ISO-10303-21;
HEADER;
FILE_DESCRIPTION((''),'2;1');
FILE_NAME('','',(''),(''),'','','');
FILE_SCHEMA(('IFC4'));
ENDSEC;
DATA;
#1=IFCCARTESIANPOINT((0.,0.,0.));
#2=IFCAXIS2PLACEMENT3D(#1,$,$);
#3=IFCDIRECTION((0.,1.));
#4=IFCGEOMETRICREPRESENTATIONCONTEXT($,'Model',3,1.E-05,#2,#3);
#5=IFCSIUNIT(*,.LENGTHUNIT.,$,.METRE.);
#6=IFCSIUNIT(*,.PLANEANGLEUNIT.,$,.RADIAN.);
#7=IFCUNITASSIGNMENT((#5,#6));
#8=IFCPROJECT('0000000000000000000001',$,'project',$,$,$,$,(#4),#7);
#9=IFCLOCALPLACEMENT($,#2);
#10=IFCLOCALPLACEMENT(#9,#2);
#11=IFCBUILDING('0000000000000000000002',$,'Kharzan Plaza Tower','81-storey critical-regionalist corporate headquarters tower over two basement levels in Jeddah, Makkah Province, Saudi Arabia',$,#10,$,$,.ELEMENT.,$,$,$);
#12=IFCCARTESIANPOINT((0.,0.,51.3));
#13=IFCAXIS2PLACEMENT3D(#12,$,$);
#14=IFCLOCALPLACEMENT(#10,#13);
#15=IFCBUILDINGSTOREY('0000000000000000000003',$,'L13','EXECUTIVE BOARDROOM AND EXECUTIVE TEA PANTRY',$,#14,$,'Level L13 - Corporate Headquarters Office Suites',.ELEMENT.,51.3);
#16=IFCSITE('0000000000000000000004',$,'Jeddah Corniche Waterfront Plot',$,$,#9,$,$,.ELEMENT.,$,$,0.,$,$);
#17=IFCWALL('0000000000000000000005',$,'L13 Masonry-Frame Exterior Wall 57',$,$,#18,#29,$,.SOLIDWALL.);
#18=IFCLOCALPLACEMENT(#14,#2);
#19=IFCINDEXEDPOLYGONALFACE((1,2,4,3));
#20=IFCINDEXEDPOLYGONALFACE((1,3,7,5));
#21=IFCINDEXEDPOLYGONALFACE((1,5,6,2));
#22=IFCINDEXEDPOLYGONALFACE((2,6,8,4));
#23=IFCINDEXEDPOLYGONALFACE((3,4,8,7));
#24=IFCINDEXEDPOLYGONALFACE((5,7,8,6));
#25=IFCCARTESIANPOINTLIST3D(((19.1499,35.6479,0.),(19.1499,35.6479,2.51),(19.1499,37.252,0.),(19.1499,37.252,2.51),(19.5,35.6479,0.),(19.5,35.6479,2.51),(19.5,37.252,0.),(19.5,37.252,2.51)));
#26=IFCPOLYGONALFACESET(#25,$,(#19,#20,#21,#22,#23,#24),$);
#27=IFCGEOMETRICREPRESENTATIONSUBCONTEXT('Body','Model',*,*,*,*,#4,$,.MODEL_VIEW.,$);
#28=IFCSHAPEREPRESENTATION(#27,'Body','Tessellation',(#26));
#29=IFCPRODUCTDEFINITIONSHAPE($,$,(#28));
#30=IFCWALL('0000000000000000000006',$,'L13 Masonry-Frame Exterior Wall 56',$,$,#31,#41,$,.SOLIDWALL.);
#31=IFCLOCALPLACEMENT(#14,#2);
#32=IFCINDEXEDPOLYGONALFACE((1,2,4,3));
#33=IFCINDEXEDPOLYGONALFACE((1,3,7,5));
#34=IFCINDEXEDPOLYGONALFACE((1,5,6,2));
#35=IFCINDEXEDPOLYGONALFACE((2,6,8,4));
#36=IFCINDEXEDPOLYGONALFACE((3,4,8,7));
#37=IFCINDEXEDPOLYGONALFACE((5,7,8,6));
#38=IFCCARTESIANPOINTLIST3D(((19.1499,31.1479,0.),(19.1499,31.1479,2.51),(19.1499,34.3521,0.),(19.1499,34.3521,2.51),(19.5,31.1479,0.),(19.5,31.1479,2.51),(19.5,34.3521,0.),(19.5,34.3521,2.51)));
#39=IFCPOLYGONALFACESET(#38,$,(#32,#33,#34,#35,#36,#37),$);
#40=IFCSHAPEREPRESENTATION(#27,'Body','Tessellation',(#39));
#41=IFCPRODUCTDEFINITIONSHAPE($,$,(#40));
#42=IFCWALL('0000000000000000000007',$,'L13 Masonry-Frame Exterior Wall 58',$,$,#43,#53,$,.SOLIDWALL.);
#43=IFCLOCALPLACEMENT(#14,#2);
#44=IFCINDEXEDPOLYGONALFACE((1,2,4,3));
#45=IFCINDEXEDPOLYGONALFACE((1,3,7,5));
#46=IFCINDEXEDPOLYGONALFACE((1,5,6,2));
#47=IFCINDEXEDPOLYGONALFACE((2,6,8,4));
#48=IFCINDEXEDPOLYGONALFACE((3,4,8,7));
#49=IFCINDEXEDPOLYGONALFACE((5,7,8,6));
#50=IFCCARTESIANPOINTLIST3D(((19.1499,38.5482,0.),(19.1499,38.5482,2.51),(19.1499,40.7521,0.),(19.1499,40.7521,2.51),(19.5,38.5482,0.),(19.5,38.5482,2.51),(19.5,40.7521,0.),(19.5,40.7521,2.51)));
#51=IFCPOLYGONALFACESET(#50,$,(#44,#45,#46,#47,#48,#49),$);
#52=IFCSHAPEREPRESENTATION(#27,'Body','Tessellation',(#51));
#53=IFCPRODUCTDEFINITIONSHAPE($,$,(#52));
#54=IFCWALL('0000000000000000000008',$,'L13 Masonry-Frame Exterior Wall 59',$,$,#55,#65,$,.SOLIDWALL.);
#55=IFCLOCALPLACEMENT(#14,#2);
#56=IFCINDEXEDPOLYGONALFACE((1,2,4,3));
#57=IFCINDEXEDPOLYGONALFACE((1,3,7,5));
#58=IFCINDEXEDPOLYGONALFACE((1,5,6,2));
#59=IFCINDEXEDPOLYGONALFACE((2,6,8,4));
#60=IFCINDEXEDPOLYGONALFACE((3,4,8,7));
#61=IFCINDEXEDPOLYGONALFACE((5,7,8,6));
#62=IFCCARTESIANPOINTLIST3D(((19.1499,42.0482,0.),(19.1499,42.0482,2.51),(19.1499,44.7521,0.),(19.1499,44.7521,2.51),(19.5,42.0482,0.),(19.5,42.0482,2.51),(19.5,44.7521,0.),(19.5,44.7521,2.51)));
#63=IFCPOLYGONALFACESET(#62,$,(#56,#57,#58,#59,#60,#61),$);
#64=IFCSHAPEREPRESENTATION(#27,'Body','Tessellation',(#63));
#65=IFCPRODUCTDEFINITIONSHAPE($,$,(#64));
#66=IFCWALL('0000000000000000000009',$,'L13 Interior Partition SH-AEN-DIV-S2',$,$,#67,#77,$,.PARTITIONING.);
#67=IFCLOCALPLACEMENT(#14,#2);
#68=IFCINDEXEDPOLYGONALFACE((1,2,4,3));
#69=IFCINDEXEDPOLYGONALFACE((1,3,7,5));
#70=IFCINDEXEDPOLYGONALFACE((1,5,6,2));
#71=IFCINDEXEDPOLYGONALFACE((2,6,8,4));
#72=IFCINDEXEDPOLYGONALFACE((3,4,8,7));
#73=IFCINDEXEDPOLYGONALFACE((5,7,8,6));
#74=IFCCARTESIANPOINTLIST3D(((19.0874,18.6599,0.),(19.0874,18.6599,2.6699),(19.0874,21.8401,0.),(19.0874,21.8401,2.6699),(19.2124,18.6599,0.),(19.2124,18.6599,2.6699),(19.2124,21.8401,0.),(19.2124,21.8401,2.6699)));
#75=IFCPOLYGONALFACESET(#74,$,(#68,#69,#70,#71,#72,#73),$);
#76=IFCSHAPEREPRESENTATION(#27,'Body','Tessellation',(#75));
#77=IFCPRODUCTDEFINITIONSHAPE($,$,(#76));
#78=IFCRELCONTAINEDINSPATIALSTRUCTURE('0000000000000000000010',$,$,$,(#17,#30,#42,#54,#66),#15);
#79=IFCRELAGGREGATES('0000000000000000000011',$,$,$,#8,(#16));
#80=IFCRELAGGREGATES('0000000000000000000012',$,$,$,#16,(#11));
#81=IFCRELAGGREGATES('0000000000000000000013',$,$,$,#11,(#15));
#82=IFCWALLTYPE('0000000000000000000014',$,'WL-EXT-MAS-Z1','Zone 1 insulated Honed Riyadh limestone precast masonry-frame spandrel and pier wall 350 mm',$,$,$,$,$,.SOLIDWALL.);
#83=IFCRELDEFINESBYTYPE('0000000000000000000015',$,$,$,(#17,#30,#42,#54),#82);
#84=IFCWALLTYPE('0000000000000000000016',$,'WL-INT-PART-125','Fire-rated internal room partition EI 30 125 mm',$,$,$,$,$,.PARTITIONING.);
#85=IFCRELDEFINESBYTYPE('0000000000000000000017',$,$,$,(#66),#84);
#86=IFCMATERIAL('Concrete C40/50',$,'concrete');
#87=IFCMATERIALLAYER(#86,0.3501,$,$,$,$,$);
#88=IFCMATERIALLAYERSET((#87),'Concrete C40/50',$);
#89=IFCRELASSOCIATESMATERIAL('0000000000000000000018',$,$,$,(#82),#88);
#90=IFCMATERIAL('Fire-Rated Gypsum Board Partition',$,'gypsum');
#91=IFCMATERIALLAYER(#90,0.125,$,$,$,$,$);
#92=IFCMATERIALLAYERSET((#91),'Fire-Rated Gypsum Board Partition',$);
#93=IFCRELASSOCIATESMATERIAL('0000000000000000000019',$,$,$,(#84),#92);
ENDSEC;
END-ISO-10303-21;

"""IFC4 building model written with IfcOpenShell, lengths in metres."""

from ifc_helpers import new_model, si_unit, direction, frame, frame_2d, origin, place, context, subcontext, project, spatial, rectangle, extrude, source, transform, mapped, material, layer, layer_set, type_object, element, save


model = new_model("IFC4")

# Units and contexts
model_context = context("Model", 3, precision=1e-05, world=origin(), true_north=direction((0.0, 1.0)))
body_context = subcontext(model_context, "Body", "Model", "MODEL_VIEW")
ifc_project = project(units=[si_unit("LENGTHUNIT", "METRE"), si_unit("PLANEANGLEUNIT", "RADIAN")], contexts=[model_context])

# Site, building, storey
site_placement = place(None, origin())
site = spatial("IfcSite", under=ifc_project, at=site_placement, Name="Jeddah Corniche Waterfront Plot", CompositionType="ELEMENT", RefElevation=0.0)
building_placement = place(site_placement, origin())
building = spatial("IfcBuilding", under=site, at=building_placement, Name="Kharzan Plaza Tower", Description="81-storey critical-regionalist corporate headquarters tower over two basement levels in Jeddah, Makkah Province, Saudi Arabia", CompositionType="ELEMENT")
storey_placement = place(building_placement, frame((0.0, 0.0, 51.3)))
storey = spatial("IfcBuildingStorey", under=building, at=storey_placement, Name="L13", Description="EXECUTIVE BOARDROOM AND EXECUTIVE TEA PANTRY", LongName="Level L13 - Corporate Headquarters Office Suites", CompositionType="ELEMENT", Elevation=51.3)

# Shared definitions
ifc_material_1 = material(Name="Concrete C40/50", Category="concrete")
ifc_layer_1 = layer(ifc_material_1, 0.3501)
ifc_layer_set_1 = layer_set([ifc_layer_1], Name="Concrete C40/50")
wall_type_1 = type_object("IfcWallType", Name="WL-EXT-MAS-Z1", Description="Zone 1 insulated Honed Riyadh limestone precast masonry-frame spandrel and pier wall 350 mm", PredefinedType="SOLIDWALL", material=ifc_layer_set_1)

# Walls
shared_shape_1 = source(origin(), body_context, "Body", "SweptSolid", [
    extrude(rectangle(XDim=1.604, YDim=0.3501, at=frame_2d((0.802, 0.0))), origin(), (0.0, 0.0, 1.0), 2.51),
])
wall_1_placement = place(storey_placement, frame((19.325, 35.6479, 0.0), z_axis=(0.0, 0.0, 1.0), x_axis=(0.0, 1.0, 0.0)))
element("IfcWall", 1, at=wall_1_placement, inside=storey, type_object=wall_type_1, Name="L13 Masonry-Frame Exterior Wall 57", PredefinedType="SOLIDWALL", context=body_context, shape_type="MappedRepresentation", body=[
    mapped(shared_shape_1, transform((0.0, 0.0, 0.0), x_axis=(1.0, 0.0, 0.0), y_axis=(0.0, 1.0, 0.0), z_axis=(0.0, 0.0, 1.0))),
])
shared_shape_2 = source(origin(), body_context, "Body", "SweptSolid", [
    extrude(rectangle(XDim=3.2041, YDim=0.3501, at=frame_2d((1.6021, 0.0))), origin(), (0.0, 0.0, 1.0), 2.51),
])
wall_2_placement = place(storey_placement, frame((19.325, 31.1479, 0.0), z_axis=(0.0, 0.0, 1.0), x_axis=(0.0, 1.0, 0.0)))
element("IfcWall", 2, at=wall_2_placement, inside=storey, type_object=wall_type_1, Name="L13 Masonry-Frame Exterior Wall 56", PredefinedType="SOLIDWALL", context=body_context, shape_type="MappedRepresentation", body=[
    mapped(shared_shape_2, transform((0.0, 0.0, 0.0), x_axis=(1.0, 0.0, 0.0), y_axis=(0.0, 1.0, 0.0), z_axis=(0.0, 0.0, 1.0))),
])
shared_shape_3 = source(origin(), body_context, "Body", "SweptSolid", [
    extrude(rectangle(XDim=2.2039, YDim=0.3501, at=frame_2d((1.1021, 0.0))), origin(), (0.0, 0.0, 1.0), 2.51),
])
wall_3_placement = place(storey_placement, frame((19.325, 38.5481, 0.0), z_axis=(0.0, 0.0, 1.0), x_axis=(0.0, 1.0, 0.0)))
element("IfcWall", 3, at=wall_3_placement, inside=storey, type_object=wall_type_1, Name="L13 Masonry-Frame Exterior Wall 58", PredefinedType="SOLIDWALL", context=body_context, shape_type="MappedRepresentation", body=[
    mapped(shared_shape_3, transform((0.0, 0.0, 0.0), x_axis=(1.0, 0.0, 0.0), y_axis=(0.0, 1.0, 0.0), z_axis=(0.0, 0.0, 1.0))),
])
shared_shape_4 = source(origin(), body_context, "Body", "SweptSolid", [
    extrude(rectangle(XDim=2.7039, YDim=0.3501, at=frame_2d((1.3521, 0.0))), origin(), (0.0, 0.0, 1.0), 2.51),
])
wall_4_placement = place(storey_placement, frame((19.325, 42.0481, 0.0), z_axis=(0.0, 0.0, 1.0), x_axis=(0.0, 1.0, 0.0)))
element("IfcWall", 4, at=wall_4_placement, inside=storey, type_object=wall_type_1, Name="L13 Masonry-Frame Exterior Wall 59", PredefinedType="SOLIDWALL", context=body_context, shape_type="MappedRepresentation", body=[
    mapped(shared_shape_4, transform((0.0, 0.0, 0.0), x_axis=(1.0, 0.0, 0.0), y_axis=(0.0, 1.0, 0.0), z_axis=(0.0, 0.0, 1.0))),
])
ifc_material_2 = material(Name="Fire-Rated Gypsum Board Partition", Category="gypsum")
ifc_layer_2 = layer(ifc_material_2, 0.125)
ifc_layer_set_2 = layer_set([ifc_layer_2], Name="Fire-Rated Gypsum Board Partition")
wall_type_2 = type_object("IfcWallType", Name="WL-INT-PART-125", Description="Fire-rated internal room partition EI 30 125 mm", PredefinedType="PARTITIONING", material=ifc_layer_set_2)
shared_shape_5 = source(origin(), body_context, "Body", "SweptSolid", [
    extrude(rectangle(XDim=3.1802, YDim=0.125, at=frame_2d((1.5901, 0.0))), origin(), (0.0, 0.0, 1.0), 2.6699),
])
wall_5_placement = place(storey_placement, frame((19.1499, 18.6599, 0.0), z_axis=(0.0, 0.0, 1.0), x_axis=(0.0, 1.0, 0.0)))
element("IfcWall", 5, at=wall_5_placement, inside=storey, type_object=wall_type_2, Name="L13 Interior Partition SH-AEN-DIV-S2", PredefinedType="PARTITIONING", context=body_context, shape_type="MappedRepresentation", body=[
    mapped(shared_shape_5, transform((0.0, 0.0, 0.0), x_axis=(1.0, 0.0, 0.0), y_axis=(0.0, 1.0, 0.0), z_axis=(0.0, 0.0, 1.0))),
])

save(model, "model.ifc")
